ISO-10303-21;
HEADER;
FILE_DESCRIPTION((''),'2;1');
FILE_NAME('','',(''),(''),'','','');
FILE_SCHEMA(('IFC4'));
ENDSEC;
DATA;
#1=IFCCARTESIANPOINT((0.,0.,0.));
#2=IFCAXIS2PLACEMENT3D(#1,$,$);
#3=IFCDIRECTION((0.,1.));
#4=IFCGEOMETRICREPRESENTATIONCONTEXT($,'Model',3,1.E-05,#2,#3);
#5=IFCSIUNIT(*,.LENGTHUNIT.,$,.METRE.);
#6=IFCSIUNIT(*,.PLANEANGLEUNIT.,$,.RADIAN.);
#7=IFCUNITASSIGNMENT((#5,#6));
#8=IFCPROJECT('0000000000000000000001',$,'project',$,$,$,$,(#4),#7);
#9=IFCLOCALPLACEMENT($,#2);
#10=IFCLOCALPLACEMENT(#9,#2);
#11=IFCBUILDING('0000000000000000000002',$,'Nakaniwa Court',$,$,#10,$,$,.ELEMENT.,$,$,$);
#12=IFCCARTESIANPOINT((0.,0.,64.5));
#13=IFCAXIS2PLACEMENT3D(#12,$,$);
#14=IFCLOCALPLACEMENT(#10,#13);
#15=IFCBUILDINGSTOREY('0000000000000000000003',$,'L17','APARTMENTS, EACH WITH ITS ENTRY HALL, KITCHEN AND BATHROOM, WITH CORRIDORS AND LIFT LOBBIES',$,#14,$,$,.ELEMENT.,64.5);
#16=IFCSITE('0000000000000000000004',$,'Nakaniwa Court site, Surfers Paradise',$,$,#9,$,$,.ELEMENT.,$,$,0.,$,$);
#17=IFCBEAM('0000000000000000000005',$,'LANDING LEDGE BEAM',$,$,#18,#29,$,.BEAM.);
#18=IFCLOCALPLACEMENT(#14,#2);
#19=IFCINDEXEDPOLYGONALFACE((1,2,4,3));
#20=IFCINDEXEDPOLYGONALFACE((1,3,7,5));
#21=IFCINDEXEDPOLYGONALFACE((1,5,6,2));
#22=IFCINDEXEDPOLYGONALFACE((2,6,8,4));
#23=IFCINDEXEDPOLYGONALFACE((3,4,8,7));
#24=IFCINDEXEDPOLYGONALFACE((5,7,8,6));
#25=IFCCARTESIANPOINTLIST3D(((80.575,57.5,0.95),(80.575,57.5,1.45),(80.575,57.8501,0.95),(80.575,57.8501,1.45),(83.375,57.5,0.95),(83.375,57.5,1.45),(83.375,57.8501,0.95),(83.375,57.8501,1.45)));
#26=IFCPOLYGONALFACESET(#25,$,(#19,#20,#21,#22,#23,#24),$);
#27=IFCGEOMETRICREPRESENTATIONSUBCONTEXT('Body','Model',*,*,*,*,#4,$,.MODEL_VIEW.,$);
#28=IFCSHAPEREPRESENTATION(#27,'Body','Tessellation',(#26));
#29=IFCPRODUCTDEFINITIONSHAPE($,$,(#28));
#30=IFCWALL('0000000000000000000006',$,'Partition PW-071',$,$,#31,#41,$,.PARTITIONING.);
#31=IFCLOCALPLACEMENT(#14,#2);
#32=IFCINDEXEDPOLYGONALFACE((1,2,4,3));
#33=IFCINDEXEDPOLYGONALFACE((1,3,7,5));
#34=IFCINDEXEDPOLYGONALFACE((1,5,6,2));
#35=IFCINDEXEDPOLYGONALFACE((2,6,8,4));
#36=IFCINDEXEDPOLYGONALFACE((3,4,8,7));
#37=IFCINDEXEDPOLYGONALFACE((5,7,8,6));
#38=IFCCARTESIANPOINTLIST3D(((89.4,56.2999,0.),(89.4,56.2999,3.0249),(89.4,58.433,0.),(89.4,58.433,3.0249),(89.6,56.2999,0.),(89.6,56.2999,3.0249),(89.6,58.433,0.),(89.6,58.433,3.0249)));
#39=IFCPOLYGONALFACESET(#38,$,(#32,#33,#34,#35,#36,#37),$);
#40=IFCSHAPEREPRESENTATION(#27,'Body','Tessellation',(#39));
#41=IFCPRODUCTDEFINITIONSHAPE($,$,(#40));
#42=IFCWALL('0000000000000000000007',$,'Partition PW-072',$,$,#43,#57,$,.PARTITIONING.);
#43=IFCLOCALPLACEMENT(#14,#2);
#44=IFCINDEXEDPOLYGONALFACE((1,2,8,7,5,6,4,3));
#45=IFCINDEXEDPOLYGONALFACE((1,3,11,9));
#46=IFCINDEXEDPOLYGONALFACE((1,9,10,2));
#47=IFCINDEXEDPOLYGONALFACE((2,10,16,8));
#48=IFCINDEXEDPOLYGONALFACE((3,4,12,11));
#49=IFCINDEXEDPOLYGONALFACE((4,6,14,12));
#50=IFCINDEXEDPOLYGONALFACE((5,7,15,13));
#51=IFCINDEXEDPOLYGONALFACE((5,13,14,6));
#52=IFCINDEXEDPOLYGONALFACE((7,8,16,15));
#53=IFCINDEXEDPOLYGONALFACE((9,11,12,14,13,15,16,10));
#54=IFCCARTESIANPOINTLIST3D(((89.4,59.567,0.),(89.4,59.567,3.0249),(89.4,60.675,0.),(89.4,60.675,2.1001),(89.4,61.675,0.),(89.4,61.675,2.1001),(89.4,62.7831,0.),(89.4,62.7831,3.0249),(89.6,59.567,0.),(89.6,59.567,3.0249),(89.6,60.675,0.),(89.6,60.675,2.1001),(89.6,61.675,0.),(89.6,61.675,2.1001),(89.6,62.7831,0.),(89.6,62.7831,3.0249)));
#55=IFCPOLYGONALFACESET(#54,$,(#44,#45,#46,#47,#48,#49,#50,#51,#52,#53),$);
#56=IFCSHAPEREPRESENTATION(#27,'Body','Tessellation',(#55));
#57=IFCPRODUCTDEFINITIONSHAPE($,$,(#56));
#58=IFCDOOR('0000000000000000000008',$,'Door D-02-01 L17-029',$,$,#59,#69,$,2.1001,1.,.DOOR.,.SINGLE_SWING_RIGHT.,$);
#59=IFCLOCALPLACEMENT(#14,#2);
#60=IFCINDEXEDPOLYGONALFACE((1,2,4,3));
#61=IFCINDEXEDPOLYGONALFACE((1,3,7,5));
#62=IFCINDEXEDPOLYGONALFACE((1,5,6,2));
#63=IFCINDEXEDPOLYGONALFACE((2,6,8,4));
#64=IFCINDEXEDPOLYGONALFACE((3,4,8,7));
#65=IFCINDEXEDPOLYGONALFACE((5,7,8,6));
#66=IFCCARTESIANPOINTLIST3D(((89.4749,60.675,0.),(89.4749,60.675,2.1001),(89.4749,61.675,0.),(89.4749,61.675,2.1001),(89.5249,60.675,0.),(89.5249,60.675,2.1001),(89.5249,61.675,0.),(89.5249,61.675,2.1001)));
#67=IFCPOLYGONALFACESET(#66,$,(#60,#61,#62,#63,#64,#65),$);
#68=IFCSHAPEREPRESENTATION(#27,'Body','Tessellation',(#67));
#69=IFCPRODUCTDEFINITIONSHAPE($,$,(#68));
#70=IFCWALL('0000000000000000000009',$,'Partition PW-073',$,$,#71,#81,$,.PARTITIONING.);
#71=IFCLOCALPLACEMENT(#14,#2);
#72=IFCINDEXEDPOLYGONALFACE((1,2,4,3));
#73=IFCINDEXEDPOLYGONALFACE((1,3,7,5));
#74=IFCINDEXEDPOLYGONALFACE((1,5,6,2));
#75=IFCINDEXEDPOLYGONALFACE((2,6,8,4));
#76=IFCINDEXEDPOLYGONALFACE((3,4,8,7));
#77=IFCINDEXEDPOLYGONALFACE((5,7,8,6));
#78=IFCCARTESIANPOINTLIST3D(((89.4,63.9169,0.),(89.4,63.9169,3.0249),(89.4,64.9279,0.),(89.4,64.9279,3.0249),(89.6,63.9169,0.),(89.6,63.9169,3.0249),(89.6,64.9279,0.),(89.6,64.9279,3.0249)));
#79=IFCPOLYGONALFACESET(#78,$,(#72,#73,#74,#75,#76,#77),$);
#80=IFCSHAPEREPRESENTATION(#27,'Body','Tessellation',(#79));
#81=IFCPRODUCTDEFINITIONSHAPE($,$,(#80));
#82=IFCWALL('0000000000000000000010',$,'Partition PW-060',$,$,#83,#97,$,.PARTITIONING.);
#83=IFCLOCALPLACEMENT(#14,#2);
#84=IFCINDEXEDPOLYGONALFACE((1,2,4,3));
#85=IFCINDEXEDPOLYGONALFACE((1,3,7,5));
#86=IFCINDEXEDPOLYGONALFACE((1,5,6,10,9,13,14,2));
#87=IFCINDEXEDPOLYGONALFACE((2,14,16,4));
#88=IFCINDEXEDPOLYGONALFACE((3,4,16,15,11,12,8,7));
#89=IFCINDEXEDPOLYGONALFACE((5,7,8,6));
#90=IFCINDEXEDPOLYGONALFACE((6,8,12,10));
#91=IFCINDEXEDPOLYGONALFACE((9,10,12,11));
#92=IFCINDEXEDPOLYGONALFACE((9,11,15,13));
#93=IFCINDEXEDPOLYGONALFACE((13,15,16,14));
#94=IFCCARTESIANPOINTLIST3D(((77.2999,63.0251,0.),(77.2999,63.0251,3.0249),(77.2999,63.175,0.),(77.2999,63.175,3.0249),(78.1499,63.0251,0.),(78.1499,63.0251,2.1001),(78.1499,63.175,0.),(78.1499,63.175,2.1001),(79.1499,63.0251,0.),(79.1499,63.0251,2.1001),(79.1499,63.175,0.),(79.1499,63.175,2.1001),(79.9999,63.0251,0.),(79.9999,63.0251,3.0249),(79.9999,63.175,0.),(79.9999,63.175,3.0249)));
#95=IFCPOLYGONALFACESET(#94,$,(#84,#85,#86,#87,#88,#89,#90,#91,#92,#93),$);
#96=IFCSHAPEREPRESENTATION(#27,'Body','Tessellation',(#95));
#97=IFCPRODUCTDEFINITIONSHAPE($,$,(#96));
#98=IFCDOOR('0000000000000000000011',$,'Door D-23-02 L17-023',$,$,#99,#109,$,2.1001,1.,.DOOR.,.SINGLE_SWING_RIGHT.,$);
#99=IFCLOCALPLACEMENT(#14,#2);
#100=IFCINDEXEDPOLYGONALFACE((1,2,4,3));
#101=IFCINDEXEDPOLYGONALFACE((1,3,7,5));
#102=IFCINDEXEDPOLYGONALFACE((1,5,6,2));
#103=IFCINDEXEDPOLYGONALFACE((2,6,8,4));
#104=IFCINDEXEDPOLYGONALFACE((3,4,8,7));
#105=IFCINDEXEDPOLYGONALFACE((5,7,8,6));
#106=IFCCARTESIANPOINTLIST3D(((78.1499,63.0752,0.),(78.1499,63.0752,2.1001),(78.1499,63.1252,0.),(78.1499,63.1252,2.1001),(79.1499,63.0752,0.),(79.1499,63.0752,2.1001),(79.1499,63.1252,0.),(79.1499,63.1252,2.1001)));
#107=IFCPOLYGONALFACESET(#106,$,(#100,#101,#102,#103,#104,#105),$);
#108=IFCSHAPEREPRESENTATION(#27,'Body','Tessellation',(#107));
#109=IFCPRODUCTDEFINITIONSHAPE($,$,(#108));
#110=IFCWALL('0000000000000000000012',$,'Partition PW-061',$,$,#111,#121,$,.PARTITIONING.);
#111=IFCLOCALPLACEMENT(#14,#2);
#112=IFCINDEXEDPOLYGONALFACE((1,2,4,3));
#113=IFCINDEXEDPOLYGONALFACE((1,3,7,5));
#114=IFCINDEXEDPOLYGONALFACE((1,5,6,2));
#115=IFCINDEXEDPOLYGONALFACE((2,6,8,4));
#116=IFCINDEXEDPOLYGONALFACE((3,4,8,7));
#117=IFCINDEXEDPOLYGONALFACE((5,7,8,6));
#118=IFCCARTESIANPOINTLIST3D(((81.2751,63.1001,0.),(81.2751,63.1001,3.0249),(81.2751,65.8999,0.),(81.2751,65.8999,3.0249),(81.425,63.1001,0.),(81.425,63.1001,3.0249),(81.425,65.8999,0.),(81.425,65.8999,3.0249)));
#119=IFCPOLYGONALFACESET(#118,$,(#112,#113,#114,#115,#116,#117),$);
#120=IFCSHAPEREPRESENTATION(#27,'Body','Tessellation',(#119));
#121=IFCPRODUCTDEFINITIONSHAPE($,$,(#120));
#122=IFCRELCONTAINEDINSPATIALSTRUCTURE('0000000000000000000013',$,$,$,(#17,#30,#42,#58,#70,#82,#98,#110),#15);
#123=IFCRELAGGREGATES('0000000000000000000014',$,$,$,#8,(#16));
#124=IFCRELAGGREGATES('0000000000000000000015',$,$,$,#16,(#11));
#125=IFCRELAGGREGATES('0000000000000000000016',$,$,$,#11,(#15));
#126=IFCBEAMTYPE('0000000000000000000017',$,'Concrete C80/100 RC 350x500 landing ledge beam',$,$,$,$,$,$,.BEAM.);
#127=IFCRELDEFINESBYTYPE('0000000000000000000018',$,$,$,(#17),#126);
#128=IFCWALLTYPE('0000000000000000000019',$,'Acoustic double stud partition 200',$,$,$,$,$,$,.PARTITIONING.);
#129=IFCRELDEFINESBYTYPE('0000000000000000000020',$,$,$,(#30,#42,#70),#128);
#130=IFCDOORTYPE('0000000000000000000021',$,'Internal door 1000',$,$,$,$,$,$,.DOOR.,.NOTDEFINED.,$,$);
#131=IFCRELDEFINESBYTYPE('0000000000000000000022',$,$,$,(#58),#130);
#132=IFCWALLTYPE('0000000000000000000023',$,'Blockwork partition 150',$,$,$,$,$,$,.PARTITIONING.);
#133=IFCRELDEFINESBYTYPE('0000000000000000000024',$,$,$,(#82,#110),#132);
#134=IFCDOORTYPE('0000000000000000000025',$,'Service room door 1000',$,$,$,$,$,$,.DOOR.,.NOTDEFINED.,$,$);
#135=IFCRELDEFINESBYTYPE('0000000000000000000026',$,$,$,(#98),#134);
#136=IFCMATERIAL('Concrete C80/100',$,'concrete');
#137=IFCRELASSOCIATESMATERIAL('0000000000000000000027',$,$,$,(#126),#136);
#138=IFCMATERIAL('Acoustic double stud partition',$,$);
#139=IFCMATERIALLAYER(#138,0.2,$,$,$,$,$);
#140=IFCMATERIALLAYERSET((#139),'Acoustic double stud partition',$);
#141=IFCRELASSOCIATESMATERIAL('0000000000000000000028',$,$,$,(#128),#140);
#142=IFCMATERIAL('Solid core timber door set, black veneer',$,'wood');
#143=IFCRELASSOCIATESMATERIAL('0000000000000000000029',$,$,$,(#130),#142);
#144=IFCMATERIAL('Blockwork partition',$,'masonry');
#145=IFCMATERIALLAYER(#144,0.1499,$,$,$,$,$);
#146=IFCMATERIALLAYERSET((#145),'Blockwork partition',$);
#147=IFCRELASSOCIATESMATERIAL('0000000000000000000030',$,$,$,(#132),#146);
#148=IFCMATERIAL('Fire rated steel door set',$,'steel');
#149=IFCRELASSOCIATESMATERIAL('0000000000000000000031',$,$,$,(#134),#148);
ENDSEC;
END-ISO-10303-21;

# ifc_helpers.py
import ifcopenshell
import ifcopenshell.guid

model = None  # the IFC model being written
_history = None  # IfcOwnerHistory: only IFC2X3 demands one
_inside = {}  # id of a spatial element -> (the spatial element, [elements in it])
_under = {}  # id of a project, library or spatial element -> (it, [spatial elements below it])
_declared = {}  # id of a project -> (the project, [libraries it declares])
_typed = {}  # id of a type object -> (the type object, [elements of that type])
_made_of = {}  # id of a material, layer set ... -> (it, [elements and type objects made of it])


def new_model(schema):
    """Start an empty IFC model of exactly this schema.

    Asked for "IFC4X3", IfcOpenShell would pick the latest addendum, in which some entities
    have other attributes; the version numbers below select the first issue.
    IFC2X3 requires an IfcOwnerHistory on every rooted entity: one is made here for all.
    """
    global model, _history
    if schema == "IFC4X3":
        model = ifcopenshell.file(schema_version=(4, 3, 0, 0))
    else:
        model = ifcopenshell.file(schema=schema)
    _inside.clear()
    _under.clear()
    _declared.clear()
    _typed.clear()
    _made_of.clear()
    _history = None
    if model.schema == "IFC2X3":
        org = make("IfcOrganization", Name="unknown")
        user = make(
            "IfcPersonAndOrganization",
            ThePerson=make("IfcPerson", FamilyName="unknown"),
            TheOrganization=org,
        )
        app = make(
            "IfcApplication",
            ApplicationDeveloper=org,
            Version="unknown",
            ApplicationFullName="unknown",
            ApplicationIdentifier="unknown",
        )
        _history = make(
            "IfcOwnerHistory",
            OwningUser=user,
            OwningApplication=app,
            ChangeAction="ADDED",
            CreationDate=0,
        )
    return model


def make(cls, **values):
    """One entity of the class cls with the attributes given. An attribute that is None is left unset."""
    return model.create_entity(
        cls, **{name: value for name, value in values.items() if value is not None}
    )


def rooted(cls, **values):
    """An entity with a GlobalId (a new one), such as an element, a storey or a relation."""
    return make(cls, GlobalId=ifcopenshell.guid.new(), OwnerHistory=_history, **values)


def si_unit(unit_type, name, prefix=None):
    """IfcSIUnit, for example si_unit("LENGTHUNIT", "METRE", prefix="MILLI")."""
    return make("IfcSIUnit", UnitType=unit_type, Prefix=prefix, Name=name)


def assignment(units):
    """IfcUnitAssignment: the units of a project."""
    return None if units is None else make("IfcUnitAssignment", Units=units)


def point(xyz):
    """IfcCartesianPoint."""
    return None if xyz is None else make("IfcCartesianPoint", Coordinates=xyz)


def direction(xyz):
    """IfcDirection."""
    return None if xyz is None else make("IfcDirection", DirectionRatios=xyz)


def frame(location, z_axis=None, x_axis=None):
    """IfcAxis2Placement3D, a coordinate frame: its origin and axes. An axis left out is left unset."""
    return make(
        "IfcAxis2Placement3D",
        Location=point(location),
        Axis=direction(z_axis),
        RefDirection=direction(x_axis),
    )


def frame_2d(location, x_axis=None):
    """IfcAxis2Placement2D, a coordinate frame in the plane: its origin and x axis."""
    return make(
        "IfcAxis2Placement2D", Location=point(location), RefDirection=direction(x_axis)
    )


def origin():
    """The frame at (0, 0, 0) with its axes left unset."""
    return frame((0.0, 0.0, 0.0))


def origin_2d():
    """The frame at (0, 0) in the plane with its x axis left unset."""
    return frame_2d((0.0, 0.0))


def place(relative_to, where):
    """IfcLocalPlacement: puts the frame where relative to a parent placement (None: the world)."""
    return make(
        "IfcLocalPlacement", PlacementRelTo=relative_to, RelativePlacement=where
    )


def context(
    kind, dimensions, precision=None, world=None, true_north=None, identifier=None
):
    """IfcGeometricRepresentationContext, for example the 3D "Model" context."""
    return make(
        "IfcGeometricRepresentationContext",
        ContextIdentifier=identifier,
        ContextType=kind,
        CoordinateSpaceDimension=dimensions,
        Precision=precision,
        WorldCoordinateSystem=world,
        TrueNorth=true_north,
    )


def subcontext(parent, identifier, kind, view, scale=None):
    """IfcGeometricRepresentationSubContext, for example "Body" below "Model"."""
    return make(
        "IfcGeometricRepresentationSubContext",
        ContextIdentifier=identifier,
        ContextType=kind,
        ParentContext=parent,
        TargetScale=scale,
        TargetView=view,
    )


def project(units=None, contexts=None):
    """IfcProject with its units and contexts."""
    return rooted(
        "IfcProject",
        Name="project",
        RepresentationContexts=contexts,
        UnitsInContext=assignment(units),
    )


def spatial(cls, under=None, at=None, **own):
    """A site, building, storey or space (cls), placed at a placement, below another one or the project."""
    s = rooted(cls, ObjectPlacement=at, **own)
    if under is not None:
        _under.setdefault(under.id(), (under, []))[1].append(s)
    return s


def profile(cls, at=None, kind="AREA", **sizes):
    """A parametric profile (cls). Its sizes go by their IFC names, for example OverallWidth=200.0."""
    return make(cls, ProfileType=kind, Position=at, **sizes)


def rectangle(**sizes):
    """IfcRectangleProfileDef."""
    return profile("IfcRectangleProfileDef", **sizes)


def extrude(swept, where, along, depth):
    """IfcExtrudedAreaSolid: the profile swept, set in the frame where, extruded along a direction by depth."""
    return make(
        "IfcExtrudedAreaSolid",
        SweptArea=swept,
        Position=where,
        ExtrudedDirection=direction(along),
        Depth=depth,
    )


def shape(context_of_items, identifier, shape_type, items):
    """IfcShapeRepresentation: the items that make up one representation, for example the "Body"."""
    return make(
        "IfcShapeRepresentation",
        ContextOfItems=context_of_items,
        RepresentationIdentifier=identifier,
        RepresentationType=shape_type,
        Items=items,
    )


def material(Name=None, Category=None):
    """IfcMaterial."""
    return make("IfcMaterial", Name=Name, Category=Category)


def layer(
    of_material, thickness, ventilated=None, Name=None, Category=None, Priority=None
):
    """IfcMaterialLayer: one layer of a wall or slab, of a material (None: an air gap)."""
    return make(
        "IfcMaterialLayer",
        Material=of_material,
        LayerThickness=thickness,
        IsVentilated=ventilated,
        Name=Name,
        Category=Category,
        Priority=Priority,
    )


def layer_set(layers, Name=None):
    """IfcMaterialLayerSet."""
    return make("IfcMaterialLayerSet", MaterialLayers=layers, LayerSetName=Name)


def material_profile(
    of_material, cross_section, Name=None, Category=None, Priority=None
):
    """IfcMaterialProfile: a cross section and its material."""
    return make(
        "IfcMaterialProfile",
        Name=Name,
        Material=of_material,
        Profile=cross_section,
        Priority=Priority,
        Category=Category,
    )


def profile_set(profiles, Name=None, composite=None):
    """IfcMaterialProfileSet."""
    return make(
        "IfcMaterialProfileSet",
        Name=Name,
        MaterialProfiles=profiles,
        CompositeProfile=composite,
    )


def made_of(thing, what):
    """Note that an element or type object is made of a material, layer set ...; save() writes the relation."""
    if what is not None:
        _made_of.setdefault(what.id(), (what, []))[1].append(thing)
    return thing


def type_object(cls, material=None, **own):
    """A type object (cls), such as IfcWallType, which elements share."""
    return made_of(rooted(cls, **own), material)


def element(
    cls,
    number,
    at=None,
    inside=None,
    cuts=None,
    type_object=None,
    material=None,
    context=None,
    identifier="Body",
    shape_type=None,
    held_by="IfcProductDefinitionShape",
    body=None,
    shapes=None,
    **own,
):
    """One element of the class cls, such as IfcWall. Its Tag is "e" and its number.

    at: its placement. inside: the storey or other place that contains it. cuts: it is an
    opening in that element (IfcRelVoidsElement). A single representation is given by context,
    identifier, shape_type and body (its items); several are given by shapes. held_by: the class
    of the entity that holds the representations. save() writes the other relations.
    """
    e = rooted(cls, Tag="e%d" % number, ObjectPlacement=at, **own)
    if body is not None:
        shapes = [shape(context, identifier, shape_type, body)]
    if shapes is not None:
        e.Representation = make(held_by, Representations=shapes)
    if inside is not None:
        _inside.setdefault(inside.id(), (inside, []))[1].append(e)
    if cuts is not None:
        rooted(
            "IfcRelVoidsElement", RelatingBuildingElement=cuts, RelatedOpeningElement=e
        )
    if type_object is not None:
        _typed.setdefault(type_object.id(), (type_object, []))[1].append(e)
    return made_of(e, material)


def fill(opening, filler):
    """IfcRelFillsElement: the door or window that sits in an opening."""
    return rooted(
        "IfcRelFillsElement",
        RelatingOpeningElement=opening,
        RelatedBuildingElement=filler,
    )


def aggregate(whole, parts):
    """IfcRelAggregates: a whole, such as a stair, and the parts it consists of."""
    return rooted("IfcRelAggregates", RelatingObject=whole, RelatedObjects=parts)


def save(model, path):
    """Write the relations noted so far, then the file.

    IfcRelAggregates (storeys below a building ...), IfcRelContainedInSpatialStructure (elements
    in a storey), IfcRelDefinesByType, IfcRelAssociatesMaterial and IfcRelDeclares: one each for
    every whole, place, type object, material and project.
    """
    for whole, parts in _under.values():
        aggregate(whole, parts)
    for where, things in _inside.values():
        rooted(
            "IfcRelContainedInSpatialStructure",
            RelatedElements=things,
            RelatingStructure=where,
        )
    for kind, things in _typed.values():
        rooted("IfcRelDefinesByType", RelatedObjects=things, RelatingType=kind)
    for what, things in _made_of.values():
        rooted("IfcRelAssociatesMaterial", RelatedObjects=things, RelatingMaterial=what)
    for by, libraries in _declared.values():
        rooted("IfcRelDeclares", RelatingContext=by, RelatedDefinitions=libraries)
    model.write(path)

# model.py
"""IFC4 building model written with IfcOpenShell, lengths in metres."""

from ifc_helpers import new_model, si_unit, direction, frame, frame_2d, origin, origin_2d, place, context, subcontext, project, spatial, rectangle, extrude, material, layer, layer_set, material_profile, profile_set, type_object, element, fill, save


model = new_model("IFC4")

# Units and contexts
model_context = context("Model", 3, precision=1e-05, world=origin(), true_north=direction((0.0, 1.0)))
body_context = subcontext(model_context, "Body", "Model", "MODEL_VIEW")
ifc_project = project(units=[si_unit("LENGTHUNIT", "METRE"), si_unit("PLANEANGLEUNIT", "RADIAN")], contexts=[model_context])

# Site, building, storey
site_placement = place(None, origin())
site = spatial("IfcSite", under=ifc_project, at=site_placement, Name="Nakaniwa Court site, Surfers Paradise", CompositionType="ELEMENT", RefElevation=0.0)
building_placement = place(site_placement, origin())
building = spatial("IfcBuilding", under=site, at=building_placement, Name="Nakaniwa Court", CompositionType="ELEMENT")
storey_placement = place(building_placement, frame((0.0, 0.0, 64.5)))
storey = spatial("IfcBuildingStorey", under=building, at=storey_placement, Name="L17", Description="APARTMENTS, EACH WITH ITS ENTRY HALL, KITCHEN AND BATHROOM, WITH CORRIDORS AND LIFT LOBBIES", CompositionType="ELEMENT", Elevation=64.5)

# Beam
ifc_material_1 = material(Name="Concrete C80/100", Category="concrete")
ifc_material_profile = material_profile(ifc_material_1, rectangle(XDim=0.3501, YDim=0.5, at=origin_2d()), Name="Concrete C80/100 RC 350x500 landing ledge beam")
ifc_profile_set = profile_set([ifc_material_profile], Name="Concrete C80/100")
beam_type = type_object("IfcBeamType", Name="Concrete C80/100 RC 350x500 landing ledge beam", PredefinedType="BEAM", material=ifc_profile_set)
beam_placement = place(storey_placement, frame((80.575, 57.675, 1.2), z_axis=(1.0, 0.0, 0.0), x_axis=(0.0, 1.0, 0.0)))
element("IfcBeam", 1, at=beam_placement, inside=storey, type_object=beam_type, Name="LANDING LEDGE BEAM", PredefinedType="BEAM", context=body_context, shape_type="SweptSolid", body=[
    extrude(rectangle(XDim=0.3501, YDim=0.5, at=origin_2d()), origin(), (0.0, 0.0, 1.0), 2.8),
])

# Wall
ifc_material_2 = material(Name="Acoustic double stud partition")
ifc_layer_1 = layer(ifc_material_2, 0.2)
ifc_layer_set_1 = layer_set([ifc_layer_1], Name="Acoustic double stud partition")
wall_type_1 = type_object("IfcWallType", Name="Acoustic double stud partition 200", PredefinedType="PARTITIONING", material=ifc_layer_set_1)
wall_1_placement = place(storey_placement, frame((89.5, 56.3, 0.0), z_axis=(0.0, 0.0, 1.0), x_axis=(0.0, 1.0, 0.0)))
element("IfcWall", 2, at=wall_1_placement, inside=storey, type_object=wall_type_1, Name="Partition PW-071", PredefinedType="PARTITIONING", context=body_context, shape_type="SweptSolid", body=[
    extrude(rectangle(XDim=2.1331, YDim=0.2, at=frame_2d((1.0664, 0.0))), origin(), (0.0, 0.0, 1.0), 3.0249),
])

# Wall, opening, door
wall_2_placement = place(storey_placement, frame((89.5, 62.783, 0.0), z_axis=(0.0, 0.0, 1.0), x_axis=(0.0, -1.0, 0.0)))
wall_2 = element("IfcWall", 3, at=wall_2_placement, inside=storey, type_object=wall_type_1, Name="Partition PW-072", PredefinedType="PARTITIONING", context=body_context, shape_type="SweptSolid", body=[
    extrude(rectangle(XDim=3.2161, YDim=0.2, at=frame_2d((1.6079, 0.0))), origin(), (0.0, 0.0, 1.0), 3.0249),
])
opening_1_placement = place(wall_2_placement, frame((1.1079, 0.0, 0.0)))
opening_1 = element("IfcOpeningElement", 4, at=opening_1_placement, cuts=wall_2, PredefinedType="OPENING", context=body_context, shape_type="SweptSolid", body=[
    extrude(rectangle(XDim=1.0, YDim=2.1001, at=frame_2d((0.5, 1.05))), frame((0.0, 0.1099, 0.0), z_axis=(0.0, -1.0, 0.0), x_axis=(1.0, 0.0, 0.0)), (0.0, 0.0, 1.0), 0.22),
])
ifc_material_3 = material(Name="Solid core timber door set, black veneer", Category="wood")
door_type_1 = type_object("IfcDoorType", Name="Internal door 1000", OperationType="NOTDEFINED", PredefinedType="DOOR", material=ifc_material_3)
door_1_placement = place(opening_1_placement, origin())
door_1 = element("IfcDoor", 5, at=door_1_placement, inside=storey, type_object=door_type_1, Name="Door D-02-01 L17-029", OperationType="SINGLE_SWING_RIGHT", OverallHeight=2.1001, OverallWidth=1.0, PredefinedType="DOOR", context=body_context, shape_type="SweptSolid", body=[
    extrude(rectangle(XDim=1.0, YDim=2.1001, at=frame_2d((0.5, 1.05))), frame((0.0, 0.0249, 0.0), z_axis=(0.0, -1.0, 0.0), x_axis=(1.0, 0.0, 0.0)), (0.0, 0.0, 1.0), 0.05),
])
fill(opening_1, door_1)

# Wall
wall_3_placement = place(storey_placement, frame((89.5, 63.917, 0.0), z_axis=(0.0, 0.0, 1.0), x_axis=(0.0, 1.0, 0.0)))
element("IfcWall", 6, at=wall_3_placement, inside=storey, type_object=wall_type_1, Name="Partition PW-073", PredefinedType="PARTITIONING", context=body_context, shape_type="SweptSolid", body=[
    extrude(rectangle(XDim=1.011, YDim=0.2, at=frame_2d((0.5054, 0.0))), origin(), (0.0, 0.0, 1.0), 3.0249),
])

# Wall, opening, door
ifc_material_4 = material(Name="Blockwork partition", Category="masonry")
ifc_layer_2 = layer(ifc_material_4, 0.1499)
ifc_layer_set_2 = layer_set([ifc_layer_2], Name="Blockwork partition")
wall_type_2 = type_object("IfcWallType", Name="Blockwork partition 150", PredefinedType="PARTITIONING", material=ifc_layer_set_2)
wall_4_placement = place(storey_placement, frame((80.0, 63.1001, 0.0), z_axis=(0.0, 0.0, 1.0), x_axis=(-1.0, 0.0, 0.0)))
wall_4 = element("IfcWall", 7, at=wall_4_placement, inside=storey, type_object=wall_type_2, Name="Partition PW-060", PredefinedType="PARTITIONING", context=body_context, shape_type="SweptSolid", body=[
    extrude(rectangle(XDim=2.7, YDim=0.1499, at=frame_2d((1.3501, 0.0))), origin(), (0.0, 0.0, 1.0), 3.0249),
])
opening_2_placement = place(wall_4_placement, frame((0.8501, 0.0, 0.0)))
opening_2 = element("IfcOpeningElement", 8, at=opening_2_placement, cuts=wall_4, PredefinedType="OPENING", context=body_context, shape_type="SweptSolid", body=[
    extrude(rectangle(XDim=1.0, YDim=2.1001, at=frame_2d((0.5, 1.05))), frame((0.0, 0.085, 0.0), z_axis=(0.0, -1.0, 0.0), x_axis=(1.0, 0.0, 0.0)), (0.0, 0.0, 1.0), 0.1699),
])
ifc_material_5 = material(Name="Fire rated steel door set", Category="steel")
door_type_2 = type_object("IfcDoorType", Name="Service room door 1000", OperationType="NOTDEFINED", PredefinedType="DOOR", material=ifc_material_5)
door_2_placement = place(opening_2_placement, origin())
door_2 = element("IfcDoor", 9, at=door_2_placement, inside=storey, type_object=door_type_2, Name="Door D-23-02 L17-023", OperationType="SINGLE_SWING_RIGHT", OverallHeight=2.1001, OverallWidth=1.0, PredefinedType="DOOR", context=body_context, shape_type="SweptSolid", body=[
    extrude(rectangle(XDim=1.0, YDim=2.1001, at=frame_2d((0.5, 1.05))), frame((0.0, 0.0249, 0.0), z_axis=(0.0, -1.0, 0.0), x_axis=(1.0, 0.0, 0.0)), (0.0, 0.0, 1.0), 0.05),
])
fill(opening_2, door_2)

# Wall
wall_5_placement = place(storey_placement, frame((81.3501, 63.1001, 0.0), z_axis=(0.0, 0.0, 1.0), x_axis=(0.0, 1.0, 0.0)))
element("IfcWall", 10, at=wall_5_placement, inside=storey, type_object=wall_type_2, Name="Partition PW-061", PredefinedType="PARTITIONING", context=body_context, shape_type="SweptSolid", body=[
    extrude(rectangle(XDim=2.7998, YDim=0.1499, at=frame_2d((1.3999, 0.0))), origin(), (0.0, 0.0, 1.0), 3.0249),
])

save(model, "model.ifc")
